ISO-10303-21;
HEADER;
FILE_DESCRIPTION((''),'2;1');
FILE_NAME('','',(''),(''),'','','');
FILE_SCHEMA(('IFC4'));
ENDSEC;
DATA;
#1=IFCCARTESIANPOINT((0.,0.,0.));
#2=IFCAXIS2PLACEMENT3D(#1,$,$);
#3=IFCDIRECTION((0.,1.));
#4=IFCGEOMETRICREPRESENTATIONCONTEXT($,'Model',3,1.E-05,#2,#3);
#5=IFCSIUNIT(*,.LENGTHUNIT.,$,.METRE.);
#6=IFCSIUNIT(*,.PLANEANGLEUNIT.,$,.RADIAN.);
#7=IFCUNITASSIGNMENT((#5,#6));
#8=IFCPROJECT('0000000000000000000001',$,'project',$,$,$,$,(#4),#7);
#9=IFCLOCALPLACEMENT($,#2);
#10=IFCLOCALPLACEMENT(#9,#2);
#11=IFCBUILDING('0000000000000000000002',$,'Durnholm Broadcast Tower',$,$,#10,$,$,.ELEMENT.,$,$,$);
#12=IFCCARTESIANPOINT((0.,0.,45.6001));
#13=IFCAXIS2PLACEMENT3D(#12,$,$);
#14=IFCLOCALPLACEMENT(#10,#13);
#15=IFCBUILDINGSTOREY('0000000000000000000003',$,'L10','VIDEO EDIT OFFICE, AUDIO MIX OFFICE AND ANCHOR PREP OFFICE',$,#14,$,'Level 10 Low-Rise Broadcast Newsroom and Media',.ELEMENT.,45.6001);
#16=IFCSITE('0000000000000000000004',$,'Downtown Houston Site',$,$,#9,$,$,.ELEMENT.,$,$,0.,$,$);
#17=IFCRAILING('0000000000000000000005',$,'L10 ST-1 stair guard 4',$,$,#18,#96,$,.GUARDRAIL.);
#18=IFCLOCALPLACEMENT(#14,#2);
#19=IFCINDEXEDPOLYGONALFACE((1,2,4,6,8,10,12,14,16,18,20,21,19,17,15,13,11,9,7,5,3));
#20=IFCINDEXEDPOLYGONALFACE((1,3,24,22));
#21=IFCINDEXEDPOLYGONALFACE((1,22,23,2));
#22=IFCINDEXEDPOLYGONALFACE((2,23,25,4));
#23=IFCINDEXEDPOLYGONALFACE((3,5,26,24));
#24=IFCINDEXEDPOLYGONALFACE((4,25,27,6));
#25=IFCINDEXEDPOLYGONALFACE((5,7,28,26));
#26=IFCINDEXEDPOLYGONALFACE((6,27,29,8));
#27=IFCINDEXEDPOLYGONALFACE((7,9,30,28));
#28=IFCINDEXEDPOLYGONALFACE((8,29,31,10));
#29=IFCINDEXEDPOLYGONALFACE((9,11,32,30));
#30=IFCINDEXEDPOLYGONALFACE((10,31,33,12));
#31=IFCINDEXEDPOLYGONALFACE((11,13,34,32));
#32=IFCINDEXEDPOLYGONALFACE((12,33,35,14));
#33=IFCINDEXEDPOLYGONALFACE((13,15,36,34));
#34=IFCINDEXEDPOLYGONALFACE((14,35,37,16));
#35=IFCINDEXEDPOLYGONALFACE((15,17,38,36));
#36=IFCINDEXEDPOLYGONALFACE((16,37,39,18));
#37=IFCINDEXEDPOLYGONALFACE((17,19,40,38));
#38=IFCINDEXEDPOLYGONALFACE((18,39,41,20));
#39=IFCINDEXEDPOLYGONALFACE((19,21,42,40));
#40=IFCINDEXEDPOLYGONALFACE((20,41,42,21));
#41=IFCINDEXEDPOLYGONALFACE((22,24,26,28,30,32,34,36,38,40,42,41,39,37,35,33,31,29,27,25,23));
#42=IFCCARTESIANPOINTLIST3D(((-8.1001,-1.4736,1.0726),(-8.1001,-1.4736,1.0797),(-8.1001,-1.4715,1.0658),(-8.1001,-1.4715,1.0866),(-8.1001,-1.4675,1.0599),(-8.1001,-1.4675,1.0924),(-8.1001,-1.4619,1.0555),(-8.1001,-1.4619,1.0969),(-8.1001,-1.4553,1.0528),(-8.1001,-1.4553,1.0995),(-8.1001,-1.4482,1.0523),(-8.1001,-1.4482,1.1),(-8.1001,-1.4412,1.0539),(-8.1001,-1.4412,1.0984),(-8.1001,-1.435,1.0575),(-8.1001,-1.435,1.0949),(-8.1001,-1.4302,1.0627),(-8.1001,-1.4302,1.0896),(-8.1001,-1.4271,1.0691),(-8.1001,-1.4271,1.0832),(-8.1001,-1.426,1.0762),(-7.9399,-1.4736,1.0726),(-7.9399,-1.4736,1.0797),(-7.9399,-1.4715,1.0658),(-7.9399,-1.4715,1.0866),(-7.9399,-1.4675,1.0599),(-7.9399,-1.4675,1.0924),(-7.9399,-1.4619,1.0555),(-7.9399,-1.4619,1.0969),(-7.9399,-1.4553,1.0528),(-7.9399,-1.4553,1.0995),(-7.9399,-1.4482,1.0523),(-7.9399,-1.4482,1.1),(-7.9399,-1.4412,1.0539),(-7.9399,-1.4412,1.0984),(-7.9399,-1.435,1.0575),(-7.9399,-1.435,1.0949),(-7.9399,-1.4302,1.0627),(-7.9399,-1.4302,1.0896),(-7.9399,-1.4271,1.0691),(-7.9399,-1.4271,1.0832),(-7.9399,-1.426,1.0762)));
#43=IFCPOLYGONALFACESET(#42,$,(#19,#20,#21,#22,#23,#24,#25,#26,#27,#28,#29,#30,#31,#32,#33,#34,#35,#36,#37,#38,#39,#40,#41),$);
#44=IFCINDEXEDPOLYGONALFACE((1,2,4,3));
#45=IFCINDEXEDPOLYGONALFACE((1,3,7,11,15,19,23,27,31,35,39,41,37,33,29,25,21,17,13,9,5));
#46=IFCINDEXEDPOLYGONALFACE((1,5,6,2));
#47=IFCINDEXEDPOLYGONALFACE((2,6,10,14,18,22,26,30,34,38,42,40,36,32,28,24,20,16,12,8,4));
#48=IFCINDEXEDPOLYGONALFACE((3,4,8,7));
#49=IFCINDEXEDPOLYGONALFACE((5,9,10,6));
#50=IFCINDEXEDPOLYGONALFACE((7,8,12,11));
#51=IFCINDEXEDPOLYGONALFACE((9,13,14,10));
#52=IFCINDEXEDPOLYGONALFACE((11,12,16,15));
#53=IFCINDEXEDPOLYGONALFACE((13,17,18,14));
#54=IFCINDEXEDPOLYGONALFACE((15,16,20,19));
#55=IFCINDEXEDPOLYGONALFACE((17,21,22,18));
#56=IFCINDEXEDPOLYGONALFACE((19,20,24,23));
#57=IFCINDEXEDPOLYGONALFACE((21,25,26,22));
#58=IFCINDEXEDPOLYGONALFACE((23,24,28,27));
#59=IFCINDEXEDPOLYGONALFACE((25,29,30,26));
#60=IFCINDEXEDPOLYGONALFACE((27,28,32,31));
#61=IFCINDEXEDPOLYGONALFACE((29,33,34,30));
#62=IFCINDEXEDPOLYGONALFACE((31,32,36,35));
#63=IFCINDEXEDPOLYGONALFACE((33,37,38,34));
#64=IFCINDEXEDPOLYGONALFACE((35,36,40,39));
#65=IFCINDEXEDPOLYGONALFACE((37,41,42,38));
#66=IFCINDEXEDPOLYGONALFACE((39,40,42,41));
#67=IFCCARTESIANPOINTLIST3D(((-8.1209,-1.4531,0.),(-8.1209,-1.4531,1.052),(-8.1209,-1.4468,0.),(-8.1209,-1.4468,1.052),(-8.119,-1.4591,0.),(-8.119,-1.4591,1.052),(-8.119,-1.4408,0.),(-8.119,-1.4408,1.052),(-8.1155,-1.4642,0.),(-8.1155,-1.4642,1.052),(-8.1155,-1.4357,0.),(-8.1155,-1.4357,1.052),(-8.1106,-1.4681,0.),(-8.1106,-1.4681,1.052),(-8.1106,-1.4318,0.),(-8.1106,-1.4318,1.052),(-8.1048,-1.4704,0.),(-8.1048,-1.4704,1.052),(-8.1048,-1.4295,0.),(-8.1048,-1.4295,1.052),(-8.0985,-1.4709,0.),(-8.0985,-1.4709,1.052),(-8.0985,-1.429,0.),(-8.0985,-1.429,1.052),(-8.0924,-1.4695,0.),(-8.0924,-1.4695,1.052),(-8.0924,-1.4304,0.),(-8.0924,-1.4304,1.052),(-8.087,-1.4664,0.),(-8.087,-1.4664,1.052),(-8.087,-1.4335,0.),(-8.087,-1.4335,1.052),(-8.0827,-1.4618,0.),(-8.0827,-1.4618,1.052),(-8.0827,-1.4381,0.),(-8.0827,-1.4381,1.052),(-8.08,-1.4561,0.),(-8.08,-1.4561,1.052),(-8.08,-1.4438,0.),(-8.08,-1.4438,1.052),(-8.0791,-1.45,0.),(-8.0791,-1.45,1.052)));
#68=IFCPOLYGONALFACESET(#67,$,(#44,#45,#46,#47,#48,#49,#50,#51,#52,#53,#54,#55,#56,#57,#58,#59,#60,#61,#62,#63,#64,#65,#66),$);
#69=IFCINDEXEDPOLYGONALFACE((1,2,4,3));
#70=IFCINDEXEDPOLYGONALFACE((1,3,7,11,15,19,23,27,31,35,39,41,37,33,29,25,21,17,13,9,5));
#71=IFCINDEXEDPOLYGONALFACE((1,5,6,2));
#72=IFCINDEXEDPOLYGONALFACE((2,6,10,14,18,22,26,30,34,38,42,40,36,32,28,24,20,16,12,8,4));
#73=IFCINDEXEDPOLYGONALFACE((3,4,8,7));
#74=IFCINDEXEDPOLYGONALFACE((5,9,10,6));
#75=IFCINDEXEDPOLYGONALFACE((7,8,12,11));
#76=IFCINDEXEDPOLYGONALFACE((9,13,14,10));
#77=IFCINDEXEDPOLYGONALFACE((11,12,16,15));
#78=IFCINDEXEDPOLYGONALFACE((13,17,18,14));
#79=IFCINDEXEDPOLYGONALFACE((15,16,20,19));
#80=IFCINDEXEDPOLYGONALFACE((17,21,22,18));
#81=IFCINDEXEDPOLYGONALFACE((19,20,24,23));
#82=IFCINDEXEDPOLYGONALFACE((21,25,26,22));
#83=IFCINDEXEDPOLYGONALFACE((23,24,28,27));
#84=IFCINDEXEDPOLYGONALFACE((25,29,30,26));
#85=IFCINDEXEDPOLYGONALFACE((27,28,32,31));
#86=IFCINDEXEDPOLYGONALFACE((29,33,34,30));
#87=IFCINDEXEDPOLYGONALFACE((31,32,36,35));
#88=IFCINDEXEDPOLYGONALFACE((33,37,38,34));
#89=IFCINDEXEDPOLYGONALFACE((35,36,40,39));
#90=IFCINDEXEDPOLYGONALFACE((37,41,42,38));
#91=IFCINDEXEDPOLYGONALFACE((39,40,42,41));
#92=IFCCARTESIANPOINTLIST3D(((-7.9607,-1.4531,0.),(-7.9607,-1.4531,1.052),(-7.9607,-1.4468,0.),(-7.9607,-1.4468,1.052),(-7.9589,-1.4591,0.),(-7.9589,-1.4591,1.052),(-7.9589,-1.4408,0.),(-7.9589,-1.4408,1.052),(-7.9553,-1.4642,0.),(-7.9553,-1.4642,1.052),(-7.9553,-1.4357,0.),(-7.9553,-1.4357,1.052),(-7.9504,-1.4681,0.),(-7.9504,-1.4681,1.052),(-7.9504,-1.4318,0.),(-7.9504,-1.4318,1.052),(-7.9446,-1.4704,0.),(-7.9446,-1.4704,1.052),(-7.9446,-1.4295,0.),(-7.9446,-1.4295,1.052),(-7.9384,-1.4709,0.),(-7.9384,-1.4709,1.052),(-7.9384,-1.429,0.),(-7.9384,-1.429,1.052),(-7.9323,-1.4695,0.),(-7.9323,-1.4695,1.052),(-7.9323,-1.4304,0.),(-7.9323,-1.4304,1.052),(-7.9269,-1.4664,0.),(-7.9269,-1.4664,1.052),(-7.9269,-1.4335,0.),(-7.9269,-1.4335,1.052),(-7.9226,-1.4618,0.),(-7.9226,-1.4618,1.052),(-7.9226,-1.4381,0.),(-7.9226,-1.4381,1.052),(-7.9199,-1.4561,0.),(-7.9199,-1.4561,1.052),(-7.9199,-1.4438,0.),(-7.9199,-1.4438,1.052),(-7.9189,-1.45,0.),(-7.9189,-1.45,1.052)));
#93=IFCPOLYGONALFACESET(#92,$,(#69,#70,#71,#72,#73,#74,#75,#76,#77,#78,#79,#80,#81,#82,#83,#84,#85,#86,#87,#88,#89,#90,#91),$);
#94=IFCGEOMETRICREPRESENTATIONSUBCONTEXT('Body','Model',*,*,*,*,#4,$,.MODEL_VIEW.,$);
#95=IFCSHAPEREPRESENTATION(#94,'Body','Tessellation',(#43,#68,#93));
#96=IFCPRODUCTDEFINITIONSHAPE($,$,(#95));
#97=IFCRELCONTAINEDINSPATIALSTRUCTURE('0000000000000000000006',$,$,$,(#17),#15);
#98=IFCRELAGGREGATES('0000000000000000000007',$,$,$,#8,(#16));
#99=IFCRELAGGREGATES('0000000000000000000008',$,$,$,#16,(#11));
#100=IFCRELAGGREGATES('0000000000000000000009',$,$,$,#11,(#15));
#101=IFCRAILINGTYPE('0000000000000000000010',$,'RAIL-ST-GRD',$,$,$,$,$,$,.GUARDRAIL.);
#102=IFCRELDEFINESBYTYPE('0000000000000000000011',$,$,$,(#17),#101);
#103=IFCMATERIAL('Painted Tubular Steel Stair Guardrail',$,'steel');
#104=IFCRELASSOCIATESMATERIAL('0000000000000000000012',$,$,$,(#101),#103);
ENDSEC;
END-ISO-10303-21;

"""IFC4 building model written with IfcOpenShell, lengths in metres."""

from ifc_helpers import new_model, si_unit, direction, frame, origin, origin_2d, place, context, subcontext, project, spatial, circle, extrude, material, type_object, element, save


model = new_model("IFC4")

# Units and contexts
model_context = context("Model", 3, precision=1e-05, world=origin(), true_north=direction((0.0, 1.0)))
body_context = subcontext(model_context, "Body", "Model", "MODEL_VIEW")
ifc_project = project(units=[si_unit("LENGTHUNIT", "METRE"), si_unit("PLANEANGLEUNIT", "RADIAN")], contexts=[model_context])

# Site, building, storey
site_placement = place(None, origin())
site = spatial("IfcSite", under=ifc_project, at=site_placement, Name="Downtown Houston Site", CompositionType="ELEMENT", RefElevation=0.0)
building_placement = place(site_placement, origin())
building = spatial("IfcBuilding", under=site, at=building_placement, Name="Durnholm Broadcast Tower", CompositionType="ELEMENT")
storey_placement = place(building_placement, frame((0.0, 0.0, 45.6001)))
storey = spatial("IfcBuildingStorey", under=building, at=storey_placement, Name="L10", Description="VIDEO EDIT OFFICE, AUDIO MIX OFFICE AND ANCHOR PREP OFFICE", LongName="Level 10 Low-Rise Broadcast Newsroom and Media", CompositionType="ELEMENT", Elevation=45.6001)

# Railing
ifc_material_1 = material(Name="Painted Tubular Steel Stair Guardrail", Category="steel")
railing_type_1 = type_object("IfcRailingType", Name="RAIL-ST-GRD", PredefinedType="GUARDRAIL", material=ifc_material_1)
railing_1_placement = place(storey_placement, frame((-8.1001, -1.45, 0.0)))
element("IfcRailing", 1, at=railing_1_placement, inside=storey, type_object=railing_type_1, Name="L10 ST-1 stair guard 4", PredefinedType="GUARDRAIL", context=body_context, shape_type="SweptSolid", body=[
    extrude(circle(Radius=0.0239, at=origin_2d()), frame((0.0, 0.0, 1.0762), z_axis=(1.0, 0.0, 0.0), x_axis=(0.0, 1.0, 0.0)), (0.0, 0.0, 1.0), 0.1602),
    extrude(circle(Radius=0.021, at=origin_2d()), origin(), (0.0, 0.0, 1.0), 1.052),
    extrude(circle(Radius=0.021, at=origin_2d()), frame((0.1602, 0.0, 0.0)), (0.0, 0.0, 1.0), 1.052),
])

save(model, "model.ifc")
